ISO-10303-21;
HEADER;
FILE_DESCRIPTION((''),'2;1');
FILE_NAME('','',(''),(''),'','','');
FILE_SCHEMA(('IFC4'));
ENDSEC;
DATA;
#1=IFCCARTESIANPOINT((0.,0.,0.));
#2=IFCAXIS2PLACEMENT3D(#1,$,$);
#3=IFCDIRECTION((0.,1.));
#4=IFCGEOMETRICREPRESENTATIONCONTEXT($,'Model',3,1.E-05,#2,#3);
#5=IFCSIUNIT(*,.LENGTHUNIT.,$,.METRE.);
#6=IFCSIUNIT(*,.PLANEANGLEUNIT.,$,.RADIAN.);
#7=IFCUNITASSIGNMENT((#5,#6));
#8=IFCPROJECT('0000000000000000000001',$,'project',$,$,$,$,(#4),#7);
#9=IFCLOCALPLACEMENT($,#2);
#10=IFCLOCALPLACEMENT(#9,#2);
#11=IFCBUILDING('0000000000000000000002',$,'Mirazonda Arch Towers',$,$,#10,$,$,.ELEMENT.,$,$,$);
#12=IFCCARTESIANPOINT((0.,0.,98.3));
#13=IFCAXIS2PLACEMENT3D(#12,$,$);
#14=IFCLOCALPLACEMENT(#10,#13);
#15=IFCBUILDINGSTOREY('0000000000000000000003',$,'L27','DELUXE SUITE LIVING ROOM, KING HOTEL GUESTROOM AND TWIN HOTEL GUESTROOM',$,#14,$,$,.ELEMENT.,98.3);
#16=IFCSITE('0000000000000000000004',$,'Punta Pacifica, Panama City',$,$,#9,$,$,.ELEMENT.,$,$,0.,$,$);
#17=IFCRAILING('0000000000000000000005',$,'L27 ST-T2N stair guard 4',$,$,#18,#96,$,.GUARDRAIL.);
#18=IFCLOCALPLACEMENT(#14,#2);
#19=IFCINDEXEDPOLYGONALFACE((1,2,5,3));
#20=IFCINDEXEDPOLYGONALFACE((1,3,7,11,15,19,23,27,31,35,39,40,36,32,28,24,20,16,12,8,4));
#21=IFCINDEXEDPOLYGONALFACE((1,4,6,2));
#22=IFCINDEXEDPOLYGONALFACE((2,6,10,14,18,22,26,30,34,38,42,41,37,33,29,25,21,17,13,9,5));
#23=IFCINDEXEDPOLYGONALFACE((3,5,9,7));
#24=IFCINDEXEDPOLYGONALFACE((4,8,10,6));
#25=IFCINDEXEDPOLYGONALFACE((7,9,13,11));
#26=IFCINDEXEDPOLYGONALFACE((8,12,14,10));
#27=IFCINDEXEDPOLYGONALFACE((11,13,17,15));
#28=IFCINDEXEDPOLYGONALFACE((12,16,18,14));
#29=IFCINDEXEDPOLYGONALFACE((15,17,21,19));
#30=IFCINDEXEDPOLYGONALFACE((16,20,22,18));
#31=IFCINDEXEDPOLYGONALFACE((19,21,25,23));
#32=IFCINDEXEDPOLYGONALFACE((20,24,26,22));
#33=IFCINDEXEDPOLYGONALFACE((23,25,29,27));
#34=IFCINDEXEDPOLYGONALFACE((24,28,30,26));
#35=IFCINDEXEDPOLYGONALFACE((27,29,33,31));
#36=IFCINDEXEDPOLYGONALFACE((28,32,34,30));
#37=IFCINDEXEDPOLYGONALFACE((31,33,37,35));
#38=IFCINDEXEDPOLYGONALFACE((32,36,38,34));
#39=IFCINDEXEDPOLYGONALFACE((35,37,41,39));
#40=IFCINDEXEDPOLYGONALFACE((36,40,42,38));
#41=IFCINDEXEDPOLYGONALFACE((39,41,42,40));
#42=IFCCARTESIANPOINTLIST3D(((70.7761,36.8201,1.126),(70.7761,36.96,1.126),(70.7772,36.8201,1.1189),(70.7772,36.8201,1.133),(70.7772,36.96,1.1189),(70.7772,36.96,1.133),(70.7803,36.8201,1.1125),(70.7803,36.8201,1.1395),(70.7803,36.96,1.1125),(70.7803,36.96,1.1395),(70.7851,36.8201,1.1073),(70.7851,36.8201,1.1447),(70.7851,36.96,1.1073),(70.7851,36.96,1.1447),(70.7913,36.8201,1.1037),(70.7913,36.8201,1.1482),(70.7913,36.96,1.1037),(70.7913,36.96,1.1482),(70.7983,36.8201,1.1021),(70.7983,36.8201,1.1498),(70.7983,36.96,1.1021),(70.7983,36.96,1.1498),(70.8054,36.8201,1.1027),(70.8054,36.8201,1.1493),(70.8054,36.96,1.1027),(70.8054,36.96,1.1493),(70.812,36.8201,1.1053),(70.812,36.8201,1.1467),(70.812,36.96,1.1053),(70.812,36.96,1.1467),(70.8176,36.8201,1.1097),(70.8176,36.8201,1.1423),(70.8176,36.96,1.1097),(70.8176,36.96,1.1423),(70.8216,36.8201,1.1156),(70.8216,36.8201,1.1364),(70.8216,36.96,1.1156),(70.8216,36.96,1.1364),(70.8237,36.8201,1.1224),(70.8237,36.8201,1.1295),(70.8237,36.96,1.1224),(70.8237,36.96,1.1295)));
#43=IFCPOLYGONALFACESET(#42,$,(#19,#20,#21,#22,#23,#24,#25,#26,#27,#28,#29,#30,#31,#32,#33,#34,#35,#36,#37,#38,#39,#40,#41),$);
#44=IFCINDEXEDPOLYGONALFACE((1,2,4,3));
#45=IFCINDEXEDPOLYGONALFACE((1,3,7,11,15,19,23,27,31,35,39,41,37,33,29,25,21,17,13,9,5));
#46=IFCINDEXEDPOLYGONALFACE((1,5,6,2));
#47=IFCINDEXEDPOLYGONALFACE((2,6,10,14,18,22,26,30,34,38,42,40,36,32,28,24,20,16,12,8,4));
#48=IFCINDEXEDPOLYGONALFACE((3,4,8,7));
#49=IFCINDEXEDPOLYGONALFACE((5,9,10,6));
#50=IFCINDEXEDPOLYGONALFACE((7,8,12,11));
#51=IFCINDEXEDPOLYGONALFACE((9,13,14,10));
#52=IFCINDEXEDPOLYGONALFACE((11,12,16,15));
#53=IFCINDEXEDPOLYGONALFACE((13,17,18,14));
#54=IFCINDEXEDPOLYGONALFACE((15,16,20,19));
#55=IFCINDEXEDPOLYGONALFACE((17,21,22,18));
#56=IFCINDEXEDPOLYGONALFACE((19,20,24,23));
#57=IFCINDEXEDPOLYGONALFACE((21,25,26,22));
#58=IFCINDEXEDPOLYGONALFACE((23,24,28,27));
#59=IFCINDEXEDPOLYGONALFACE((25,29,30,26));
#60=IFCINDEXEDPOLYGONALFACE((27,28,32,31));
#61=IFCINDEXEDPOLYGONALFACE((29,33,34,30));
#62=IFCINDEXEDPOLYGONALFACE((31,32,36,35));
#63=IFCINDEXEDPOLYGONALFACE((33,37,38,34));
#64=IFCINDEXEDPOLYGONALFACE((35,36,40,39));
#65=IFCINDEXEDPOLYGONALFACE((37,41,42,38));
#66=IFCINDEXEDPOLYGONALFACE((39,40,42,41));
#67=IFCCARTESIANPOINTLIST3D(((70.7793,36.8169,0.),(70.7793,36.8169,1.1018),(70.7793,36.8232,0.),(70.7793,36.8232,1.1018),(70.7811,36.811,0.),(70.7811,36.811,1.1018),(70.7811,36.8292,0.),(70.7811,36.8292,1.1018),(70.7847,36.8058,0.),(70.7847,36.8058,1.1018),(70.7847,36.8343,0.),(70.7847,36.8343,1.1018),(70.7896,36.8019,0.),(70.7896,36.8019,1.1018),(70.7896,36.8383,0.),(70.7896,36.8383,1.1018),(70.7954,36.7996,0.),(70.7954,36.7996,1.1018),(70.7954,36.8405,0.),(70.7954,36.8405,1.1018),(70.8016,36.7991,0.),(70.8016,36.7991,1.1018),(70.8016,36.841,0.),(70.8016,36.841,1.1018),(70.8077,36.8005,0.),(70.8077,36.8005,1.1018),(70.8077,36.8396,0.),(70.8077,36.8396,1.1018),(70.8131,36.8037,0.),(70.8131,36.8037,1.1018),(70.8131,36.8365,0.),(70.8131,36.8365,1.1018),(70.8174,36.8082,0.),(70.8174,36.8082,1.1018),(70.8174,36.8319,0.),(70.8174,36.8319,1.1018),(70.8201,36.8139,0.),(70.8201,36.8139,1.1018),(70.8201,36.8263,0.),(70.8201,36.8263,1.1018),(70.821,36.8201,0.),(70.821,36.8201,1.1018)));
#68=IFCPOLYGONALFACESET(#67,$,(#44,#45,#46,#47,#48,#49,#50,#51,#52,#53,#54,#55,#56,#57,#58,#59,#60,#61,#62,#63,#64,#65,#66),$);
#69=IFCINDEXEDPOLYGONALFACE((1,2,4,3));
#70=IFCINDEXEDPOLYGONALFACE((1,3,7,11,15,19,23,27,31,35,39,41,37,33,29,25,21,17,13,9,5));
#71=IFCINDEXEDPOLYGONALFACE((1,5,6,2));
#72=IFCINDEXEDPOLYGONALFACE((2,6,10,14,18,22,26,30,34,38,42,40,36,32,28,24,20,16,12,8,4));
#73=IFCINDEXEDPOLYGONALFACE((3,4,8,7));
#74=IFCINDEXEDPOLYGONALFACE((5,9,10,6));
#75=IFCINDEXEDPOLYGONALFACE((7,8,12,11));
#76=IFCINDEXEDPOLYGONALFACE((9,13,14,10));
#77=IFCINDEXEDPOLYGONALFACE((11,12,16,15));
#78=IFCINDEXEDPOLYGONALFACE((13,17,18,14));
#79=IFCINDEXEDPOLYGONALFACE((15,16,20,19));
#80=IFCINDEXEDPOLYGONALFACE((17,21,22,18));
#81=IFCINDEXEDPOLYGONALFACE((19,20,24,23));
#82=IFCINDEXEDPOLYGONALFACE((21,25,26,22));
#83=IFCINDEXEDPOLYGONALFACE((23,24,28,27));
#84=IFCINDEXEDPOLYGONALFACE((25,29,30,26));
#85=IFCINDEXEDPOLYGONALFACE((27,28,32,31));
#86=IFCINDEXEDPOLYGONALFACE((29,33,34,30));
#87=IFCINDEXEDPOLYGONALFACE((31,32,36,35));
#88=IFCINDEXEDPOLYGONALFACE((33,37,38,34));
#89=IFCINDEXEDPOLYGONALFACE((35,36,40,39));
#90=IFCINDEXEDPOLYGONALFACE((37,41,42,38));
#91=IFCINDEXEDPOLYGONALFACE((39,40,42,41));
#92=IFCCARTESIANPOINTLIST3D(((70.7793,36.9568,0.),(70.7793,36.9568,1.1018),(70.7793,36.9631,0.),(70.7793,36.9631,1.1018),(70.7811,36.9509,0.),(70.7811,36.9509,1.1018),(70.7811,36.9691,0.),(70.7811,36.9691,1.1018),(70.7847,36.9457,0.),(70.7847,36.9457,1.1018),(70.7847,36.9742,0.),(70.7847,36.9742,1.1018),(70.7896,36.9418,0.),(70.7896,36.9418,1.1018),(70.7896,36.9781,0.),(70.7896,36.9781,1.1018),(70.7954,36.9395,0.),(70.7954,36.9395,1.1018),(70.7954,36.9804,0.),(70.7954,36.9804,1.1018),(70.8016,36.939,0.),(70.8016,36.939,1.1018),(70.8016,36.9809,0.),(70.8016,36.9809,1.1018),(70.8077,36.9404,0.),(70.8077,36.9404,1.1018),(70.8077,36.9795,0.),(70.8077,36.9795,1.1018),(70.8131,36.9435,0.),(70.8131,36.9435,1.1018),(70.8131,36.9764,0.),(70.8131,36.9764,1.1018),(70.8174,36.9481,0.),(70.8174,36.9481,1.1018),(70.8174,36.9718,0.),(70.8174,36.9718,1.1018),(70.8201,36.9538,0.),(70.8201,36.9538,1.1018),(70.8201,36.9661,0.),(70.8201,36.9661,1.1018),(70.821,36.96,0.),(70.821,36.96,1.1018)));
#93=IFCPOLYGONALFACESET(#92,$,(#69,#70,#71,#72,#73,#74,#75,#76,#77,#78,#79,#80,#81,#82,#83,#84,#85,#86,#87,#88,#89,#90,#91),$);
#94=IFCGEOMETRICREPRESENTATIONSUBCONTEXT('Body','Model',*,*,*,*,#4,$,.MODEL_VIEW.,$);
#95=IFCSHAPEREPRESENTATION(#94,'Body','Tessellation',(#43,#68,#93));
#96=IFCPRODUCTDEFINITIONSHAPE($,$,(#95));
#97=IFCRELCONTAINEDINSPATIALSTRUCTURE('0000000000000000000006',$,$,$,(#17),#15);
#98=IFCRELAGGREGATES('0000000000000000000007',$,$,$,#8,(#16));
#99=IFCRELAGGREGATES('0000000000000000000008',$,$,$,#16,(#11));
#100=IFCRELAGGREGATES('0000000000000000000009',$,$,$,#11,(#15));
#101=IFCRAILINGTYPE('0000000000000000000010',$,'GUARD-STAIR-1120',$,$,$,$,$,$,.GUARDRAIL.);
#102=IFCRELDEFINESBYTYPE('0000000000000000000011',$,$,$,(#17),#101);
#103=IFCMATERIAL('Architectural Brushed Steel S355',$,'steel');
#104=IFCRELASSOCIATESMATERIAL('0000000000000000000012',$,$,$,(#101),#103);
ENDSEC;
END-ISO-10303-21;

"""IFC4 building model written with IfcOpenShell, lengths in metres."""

from ifc_helpers import new_model, si_unit, direction, frame, origin, origin_2d, place, context, subcontext, project, spatial, circle, extrude, material, type_object, element, save


model = new_model("IFC4")

# Units and contexts
model_context = context("Model", 3, precision=1e-05, world=origin(), true_north=direction((0.0, 1.0)))
body_context = subcontext(model_context, "Body", "Model", "MODEL_VIEW")
ifc_project = project(units=[si_unit("LENGTHUNIT", "METRE"), si_unit("PLANEANGLEUNIT", "RADIAN")], contexts=[model_context])

# Site, building, storey
site_placement = place(None, origin())
site = spatial("IfcSite", under=ifc_project, at=site_placement, Name="Punta Pacifica, Panama City", CompositionType="ELEMENT", RefElevation=0.0)
building_placement = place(site_placement, origin())
building = spatial("IfcBuilding", under=site, at=building_placement, Name="Mirazonda Arch Towers", CompositionType="ELEMENT")
storey_placement = place(building_placement, frame((0.0, 0.0, 98.3)))
storey = spatial("IfcBuildingStorey", under=building, at=storey_placement, Name="L27", Description="DELUXE SUITE LIVING ROOM, KING HOTEL GUESTROOM AND TWIN HOTEL GUESTROOM", CompositionType="ELEMENT", Elevation=98.3)

# Railing
ifc_material_1 = material(Name="Architectural Brushed Steel S355", Category="steel")
railing_type = type_object("IfcRailingType", Name="GUARD-STAIR-1120", PredefinedType="GUARDRAIL", material=ifc_material_1)
railing_1_placement = place(storey_placement, frame((70.8, 36.8201, 0.0)))
element("IfcRailing", 1, at=railing_1_placement, inside=storey, type_object=railing_type, Name="L27 ST-T2N stair guard 4", PredefinedType="GUARDRAIL", context=body_context, shape_type="SweptSolid", body=[
    extrude(circle(Radius=0.0239, at=origin_2d()), frame((0.0, 0.0, 1.126), z_axis=(0.0, 1.0, 0.0), x_axis=(-1.0, 0.0, 0.0)), (0.0, 0.0, 1.0), 0.1399),
    extrude(circle(Radius=0.021, at=origin_2d()), origin(), (0.0, 0.0, 1.0), 1.1018),
    extrude(circle(Radius=0.021, at=origin_2d()), frame((0.0, 0.1399, 0.0)), (0.0, 0.0, 1.0), 1.1018),
])

save(model, "model.ifc")
